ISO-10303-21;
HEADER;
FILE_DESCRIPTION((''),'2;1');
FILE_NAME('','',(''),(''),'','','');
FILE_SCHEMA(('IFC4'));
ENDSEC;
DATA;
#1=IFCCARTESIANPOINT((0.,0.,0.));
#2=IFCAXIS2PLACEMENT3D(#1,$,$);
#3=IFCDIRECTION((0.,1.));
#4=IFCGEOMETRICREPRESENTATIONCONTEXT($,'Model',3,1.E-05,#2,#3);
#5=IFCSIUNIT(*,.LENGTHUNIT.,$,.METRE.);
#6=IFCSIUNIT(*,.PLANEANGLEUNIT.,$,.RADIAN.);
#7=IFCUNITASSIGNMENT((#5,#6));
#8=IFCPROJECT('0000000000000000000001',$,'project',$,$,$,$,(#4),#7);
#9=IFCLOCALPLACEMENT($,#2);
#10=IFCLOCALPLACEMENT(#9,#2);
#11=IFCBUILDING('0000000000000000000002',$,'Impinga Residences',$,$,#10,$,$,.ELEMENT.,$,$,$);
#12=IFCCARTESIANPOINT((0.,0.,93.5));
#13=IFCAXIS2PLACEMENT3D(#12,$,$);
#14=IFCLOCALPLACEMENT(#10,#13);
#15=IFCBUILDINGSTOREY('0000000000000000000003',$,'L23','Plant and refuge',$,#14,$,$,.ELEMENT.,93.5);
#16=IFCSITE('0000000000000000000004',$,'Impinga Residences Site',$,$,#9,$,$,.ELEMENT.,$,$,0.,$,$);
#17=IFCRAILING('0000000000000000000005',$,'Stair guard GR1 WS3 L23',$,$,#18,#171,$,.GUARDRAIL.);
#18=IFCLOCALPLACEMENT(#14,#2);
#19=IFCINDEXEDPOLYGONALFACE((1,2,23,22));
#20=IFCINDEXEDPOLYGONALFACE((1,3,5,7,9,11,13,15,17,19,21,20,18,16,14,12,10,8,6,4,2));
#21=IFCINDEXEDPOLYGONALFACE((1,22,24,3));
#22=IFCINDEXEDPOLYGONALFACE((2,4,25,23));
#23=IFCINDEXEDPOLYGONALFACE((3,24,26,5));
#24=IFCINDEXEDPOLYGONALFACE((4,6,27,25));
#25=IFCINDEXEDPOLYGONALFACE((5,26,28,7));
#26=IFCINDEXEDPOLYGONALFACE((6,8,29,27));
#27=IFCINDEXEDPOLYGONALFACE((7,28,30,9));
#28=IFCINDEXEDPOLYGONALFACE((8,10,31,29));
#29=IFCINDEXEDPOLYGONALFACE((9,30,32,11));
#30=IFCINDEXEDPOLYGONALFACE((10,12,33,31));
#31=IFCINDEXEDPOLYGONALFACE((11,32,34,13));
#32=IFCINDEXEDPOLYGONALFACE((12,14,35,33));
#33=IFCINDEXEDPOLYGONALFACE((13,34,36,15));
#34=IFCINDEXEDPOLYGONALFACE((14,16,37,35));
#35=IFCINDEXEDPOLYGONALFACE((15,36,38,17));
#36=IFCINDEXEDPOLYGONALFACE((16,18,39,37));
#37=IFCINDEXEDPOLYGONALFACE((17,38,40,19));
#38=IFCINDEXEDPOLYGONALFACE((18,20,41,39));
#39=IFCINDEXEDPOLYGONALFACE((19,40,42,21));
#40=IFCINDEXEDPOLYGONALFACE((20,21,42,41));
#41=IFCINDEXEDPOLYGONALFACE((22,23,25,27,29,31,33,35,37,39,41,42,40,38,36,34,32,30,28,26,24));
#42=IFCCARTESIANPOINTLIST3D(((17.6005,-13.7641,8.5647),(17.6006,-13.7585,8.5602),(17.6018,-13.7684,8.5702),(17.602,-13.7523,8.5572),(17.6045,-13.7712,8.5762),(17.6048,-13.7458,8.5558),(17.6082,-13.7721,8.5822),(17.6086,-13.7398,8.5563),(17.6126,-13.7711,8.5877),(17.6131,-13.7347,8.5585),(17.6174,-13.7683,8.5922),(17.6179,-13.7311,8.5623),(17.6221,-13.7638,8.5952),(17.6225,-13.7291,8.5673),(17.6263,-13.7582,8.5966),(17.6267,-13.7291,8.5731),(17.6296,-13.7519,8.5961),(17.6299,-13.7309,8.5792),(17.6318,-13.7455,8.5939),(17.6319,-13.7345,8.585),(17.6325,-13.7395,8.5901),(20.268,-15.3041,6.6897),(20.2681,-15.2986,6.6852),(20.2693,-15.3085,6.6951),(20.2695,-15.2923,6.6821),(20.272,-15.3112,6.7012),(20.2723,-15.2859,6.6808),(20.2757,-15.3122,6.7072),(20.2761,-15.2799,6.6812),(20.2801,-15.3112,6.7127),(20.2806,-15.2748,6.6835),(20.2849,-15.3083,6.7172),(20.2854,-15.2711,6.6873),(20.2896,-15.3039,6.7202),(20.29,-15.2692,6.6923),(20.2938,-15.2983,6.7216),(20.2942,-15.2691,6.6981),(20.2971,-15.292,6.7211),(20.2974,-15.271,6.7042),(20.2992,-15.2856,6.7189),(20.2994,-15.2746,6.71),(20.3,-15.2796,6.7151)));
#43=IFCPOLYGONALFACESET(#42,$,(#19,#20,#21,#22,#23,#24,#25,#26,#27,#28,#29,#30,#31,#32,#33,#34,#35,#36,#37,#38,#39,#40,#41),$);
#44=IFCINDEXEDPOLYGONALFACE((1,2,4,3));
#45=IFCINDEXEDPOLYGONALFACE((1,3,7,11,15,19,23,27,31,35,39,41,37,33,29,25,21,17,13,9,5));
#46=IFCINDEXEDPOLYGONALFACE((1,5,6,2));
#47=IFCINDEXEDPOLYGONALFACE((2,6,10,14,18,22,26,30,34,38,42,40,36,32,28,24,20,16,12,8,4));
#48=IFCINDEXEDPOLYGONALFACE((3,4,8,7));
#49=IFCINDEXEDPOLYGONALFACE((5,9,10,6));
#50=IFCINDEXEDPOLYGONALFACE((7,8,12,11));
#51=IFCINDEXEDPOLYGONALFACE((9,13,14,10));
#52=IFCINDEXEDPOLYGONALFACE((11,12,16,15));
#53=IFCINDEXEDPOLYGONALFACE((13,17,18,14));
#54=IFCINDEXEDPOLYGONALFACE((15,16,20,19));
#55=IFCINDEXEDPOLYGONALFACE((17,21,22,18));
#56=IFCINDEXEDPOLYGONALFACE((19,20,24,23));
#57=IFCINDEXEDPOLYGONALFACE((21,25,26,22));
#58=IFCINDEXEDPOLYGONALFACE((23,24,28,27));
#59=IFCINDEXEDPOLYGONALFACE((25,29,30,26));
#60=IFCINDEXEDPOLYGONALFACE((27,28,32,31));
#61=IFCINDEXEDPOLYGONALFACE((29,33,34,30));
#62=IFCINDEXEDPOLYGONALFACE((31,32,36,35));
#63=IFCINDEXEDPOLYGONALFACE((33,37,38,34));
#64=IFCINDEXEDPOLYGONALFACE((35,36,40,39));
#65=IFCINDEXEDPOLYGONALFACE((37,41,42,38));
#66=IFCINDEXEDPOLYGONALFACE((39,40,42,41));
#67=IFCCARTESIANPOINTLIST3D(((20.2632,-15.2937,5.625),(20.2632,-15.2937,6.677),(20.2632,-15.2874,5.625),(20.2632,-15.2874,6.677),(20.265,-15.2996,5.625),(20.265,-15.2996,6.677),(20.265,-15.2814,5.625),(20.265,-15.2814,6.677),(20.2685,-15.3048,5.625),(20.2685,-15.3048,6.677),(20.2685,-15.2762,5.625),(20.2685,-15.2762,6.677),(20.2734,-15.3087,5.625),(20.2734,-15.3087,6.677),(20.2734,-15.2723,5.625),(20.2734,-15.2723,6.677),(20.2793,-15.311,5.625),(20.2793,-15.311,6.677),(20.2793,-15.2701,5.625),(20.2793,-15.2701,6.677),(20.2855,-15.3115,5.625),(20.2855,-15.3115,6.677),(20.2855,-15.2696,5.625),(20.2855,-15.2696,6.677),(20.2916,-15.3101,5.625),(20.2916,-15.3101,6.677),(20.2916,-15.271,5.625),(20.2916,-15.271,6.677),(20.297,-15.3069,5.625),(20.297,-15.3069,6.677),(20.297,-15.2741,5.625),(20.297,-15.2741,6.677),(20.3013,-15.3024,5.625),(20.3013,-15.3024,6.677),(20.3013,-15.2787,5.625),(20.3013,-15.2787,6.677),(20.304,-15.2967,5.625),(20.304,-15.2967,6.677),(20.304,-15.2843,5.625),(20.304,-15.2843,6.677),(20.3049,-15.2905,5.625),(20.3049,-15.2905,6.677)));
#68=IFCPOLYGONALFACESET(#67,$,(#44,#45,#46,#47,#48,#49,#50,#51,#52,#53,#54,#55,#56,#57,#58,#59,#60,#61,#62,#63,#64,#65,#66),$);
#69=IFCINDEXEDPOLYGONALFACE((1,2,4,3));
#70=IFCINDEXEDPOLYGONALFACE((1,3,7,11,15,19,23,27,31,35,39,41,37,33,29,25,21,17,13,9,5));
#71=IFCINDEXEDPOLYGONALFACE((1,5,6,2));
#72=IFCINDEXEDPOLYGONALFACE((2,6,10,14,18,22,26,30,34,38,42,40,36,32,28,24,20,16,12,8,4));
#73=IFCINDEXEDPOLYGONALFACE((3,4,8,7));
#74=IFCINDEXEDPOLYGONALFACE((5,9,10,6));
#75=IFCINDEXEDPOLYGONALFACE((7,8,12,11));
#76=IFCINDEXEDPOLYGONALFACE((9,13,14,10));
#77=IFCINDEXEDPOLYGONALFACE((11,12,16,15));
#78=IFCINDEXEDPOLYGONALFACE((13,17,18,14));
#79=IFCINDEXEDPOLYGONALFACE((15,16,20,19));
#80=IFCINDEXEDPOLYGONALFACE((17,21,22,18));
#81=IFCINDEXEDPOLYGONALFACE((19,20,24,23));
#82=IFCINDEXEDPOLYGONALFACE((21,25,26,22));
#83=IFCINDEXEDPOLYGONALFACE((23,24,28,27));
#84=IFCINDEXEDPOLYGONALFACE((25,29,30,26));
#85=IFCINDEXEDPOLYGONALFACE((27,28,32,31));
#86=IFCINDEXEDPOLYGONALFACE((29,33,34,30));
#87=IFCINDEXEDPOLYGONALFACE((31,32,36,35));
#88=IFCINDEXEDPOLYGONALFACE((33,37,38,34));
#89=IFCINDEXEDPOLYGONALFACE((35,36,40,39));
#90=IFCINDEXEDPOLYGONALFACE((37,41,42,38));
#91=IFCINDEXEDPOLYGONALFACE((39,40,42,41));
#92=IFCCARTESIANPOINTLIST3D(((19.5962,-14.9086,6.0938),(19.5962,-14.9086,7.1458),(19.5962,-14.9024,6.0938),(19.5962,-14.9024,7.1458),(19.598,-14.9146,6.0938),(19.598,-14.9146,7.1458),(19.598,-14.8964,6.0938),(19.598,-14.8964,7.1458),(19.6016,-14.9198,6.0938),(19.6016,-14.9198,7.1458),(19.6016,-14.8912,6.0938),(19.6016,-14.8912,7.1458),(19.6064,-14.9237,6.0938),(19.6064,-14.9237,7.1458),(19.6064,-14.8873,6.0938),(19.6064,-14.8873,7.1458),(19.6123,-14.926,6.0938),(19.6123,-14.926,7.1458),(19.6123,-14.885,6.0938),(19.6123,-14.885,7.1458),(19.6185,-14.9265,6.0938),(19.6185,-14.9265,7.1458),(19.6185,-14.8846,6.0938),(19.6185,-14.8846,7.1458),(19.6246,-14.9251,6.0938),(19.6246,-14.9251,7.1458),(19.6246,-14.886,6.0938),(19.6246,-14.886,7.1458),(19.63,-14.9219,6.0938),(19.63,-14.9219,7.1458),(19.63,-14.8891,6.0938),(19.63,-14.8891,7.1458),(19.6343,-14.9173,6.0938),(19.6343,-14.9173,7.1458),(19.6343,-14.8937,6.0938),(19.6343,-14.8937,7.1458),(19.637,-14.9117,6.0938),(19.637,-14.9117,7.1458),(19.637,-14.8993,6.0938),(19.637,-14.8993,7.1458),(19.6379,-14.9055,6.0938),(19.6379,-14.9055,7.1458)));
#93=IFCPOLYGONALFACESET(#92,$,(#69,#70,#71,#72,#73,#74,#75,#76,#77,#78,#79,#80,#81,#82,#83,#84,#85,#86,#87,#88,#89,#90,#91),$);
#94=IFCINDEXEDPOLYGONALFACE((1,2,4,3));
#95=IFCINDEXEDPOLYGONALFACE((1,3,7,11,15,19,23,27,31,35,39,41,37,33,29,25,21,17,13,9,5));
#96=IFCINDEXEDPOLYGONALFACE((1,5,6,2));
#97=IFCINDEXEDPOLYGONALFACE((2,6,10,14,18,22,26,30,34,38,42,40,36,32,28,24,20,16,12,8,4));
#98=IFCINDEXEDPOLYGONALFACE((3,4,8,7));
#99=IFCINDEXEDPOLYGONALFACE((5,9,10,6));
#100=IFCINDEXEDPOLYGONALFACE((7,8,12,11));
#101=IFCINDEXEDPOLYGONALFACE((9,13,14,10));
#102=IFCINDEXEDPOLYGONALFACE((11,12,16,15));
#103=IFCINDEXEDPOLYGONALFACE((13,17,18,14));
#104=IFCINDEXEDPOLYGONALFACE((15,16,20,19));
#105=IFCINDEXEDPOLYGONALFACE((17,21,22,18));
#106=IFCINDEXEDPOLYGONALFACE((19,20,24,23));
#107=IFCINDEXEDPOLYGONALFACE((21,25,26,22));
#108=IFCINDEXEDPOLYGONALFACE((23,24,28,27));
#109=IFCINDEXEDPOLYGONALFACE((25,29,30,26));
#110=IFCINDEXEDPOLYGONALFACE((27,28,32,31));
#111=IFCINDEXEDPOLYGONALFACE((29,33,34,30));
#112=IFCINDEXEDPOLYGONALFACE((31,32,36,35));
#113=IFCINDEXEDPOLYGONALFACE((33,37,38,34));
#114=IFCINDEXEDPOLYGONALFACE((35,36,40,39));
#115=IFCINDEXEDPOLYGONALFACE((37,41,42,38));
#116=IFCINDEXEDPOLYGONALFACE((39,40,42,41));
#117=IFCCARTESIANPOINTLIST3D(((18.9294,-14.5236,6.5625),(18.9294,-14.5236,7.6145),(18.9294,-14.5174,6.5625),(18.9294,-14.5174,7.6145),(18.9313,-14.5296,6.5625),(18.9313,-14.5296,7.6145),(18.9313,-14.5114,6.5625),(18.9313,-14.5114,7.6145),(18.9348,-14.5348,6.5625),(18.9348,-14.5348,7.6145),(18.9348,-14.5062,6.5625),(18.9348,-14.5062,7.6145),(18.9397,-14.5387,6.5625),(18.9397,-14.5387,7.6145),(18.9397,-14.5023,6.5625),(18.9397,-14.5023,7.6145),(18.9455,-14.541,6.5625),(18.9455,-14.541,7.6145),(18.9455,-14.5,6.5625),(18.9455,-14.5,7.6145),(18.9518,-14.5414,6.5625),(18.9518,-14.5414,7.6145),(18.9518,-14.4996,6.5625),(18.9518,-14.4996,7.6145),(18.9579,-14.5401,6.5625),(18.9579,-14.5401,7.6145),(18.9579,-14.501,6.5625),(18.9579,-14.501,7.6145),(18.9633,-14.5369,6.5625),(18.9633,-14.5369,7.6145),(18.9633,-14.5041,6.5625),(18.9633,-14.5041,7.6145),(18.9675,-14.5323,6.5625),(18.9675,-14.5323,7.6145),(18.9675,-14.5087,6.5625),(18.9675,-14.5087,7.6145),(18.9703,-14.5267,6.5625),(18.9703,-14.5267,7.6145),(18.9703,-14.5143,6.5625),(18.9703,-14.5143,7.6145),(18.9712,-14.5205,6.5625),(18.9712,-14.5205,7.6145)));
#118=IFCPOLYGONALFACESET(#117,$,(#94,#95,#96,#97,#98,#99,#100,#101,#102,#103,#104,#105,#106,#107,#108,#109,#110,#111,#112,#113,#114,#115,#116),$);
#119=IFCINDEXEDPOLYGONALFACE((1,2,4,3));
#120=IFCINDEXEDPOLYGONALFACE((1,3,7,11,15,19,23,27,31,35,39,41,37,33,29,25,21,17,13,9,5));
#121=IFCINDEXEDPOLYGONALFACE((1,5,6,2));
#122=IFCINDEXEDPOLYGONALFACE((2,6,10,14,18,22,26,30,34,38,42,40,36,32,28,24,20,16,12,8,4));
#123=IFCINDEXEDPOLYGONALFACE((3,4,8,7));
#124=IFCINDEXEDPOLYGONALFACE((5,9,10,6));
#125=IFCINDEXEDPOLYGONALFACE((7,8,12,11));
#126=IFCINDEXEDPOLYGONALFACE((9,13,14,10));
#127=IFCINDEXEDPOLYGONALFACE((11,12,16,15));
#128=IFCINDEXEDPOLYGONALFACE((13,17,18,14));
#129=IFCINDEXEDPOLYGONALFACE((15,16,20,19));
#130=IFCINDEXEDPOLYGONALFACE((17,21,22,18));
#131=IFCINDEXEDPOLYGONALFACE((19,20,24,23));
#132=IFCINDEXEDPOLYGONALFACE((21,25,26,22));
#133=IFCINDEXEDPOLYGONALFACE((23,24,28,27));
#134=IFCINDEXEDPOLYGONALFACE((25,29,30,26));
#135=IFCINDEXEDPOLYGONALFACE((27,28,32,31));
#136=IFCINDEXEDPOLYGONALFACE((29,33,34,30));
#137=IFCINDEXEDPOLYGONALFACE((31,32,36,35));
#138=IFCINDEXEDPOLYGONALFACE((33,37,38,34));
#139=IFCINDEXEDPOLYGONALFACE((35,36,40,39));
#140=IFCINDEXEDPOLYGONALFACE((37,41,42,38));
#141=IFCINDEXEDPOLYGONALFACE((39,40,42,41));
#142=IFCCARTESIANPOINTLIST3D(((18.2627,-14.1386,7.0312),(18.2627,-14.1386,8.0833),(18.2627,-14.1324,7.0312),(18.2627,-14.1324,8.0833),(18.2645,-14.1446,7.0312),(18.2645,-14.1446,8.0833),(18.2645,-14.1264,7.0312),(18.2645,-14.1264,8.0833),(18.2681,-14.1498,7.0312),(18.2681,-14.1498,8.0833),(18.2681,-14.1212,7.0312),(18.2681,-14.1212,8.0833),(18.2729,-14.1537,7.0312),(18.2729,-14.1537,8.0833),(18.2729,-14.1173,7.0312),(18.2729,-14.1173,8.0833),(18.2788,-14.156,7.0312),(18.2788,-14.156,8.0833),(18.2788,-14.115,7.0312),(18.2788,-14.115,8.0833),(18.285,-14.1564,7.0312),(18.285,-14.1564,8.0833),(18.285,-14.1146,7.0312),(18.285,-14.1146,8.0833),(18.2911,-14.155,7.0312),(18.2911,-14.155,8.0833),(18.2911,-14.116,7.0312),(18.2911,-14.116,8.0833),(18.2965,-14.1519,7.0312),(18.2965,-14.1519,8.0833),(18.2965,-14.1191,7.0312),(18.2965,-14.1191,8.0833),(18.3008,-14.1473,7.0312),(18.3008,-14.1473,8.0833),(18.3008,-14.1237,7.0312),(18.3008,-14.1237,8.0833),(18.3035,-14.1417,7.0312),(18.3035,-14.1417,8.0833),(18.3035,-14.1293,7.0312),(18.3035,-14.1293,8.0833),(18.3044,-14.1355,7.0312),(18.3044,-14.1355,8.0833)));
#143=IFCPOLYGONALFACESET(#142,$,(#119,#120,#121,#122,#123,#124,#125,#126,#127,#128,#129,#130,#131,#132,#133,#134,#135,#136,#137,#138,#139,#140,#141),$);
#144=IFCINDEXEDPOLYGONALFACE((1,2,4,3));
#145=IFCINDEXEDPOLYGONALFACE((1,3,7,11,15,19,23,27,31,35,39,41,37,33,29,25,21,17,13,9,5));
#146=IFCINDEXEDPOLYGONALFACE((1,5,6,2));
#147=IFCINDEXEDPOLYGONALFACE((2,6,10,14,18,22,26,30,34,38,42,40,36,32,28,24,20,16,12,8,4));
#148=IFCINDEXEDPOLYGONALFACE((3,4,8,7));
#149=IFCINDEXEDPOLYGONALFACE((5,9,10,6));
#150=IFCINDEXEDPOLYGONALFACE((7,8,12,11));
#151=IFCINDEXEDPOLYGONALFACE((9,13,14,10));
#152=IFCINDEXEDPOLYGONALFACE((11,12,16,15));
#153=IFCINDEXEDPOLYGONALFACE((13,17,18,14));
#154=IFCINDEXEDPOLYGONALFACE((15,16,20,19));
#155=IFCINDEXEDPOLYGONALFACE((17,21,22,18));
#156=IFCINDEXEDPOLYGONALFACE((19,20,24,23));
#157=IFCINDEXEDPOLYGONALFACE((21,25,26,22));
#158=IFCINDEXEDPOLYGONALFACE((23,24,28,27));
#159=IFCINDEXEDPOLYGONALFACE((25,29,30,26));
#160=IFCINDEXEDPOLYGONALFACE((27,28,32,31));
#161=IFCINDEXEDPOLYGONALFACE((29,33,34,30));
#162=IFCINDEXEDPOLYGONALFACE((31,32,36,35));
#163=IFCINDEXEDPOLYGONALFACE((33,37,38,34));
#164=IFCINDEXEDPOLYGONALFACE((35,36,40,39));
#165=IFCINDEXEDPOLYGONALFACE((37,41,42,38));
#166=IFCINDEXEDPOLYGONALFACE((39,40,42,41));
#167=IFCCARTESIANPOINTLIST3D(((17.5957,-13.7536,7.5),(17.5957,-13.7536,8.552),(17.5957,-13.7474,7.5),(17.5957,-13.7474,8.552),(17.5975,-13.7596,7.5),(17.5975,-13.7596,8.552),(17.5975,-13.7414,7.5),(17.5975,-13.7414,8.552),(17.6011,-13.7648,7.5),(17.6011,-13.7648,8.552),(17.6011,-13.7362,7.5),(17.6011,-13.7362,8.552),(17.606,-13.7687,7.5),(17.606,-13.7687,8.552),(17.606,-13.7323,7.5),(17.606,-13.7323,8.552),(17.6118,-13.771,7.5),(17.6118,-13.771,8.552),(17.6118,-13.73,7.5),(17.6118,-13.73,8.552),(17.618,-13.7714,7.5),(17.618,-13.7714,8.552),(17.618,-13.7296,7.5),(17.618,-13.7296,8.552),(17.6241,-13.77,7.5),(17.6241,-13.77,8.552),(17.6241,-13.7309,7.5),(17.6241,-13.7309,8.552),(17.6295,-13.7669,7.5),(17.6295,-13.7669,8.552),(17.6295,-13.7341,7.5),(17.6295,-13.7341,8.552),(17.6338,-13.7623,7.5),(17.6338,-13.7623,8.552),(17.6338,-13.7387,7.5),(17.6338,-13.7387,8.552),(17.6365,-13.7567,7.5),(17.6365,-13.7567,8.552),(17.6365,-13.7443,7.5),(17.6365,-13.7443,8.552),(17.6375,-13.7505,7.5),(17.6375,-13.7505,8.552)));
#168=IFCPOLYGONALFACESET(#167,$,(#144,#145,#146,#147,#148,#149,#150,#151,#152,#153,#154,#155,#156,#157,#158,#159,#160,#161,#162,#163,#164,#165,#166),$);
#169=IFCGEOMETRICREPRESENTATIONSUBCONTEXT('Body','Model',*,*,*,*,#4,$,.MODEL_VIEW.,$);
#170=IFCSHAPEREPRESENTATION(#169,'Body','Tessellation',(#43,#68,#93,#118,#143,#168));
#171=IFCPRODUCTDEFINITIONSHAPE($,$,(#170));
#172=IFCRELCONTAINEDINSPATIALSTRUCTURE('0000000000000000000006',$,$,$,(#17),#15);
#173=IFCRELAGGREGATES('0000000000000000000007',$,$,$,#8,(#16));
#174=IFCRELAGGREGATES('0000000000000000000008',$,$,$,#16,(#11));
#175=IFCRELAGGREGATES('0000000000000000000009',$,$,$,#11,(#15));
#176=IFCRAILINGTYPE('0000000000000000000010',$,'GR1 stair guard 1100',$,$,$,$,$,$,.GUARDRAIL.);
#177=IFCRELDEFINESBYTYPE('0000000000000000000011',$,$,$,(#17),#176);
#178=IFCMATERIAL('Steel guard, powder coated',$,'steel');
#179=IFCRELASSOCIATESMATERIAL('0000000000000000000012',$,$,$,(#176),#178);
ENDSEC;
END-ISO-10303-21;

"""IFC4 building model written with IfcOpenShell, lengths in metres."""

from ifc_helpers import new_model, si_unit, direction, frame, origin, origin_2d, place, context, subcontext, project, spatial, circle, extrude, material, type_object, element, save


model = new_model("IFC4")

# Units and contexts
model_context = context("Model", 3, precision=1e-05, world=origin(), true_north=direction((0.0, 1.0)))
body_context = subcontext(model_context, "Body", "Model", "MODEL_VIEW")
ifc_project = project(units=[si_unit("LENGTHUNIT", "METRE"), si_unit("PLANEANGLEUNIT", "RADIAN")], contexts=[model_context])

# Site, building, storey
site_placement = place(None, origin())
site = spatial("IfcSite", under=ifc_project, at=site_placement, Name="Impinga Residences Site", CompositionType="ELEMENT", RefElevation=0.0)
building_placement = place(site_placement, origin())
building = spatial("IfcBuilding", under=site, at=building_placement, Name="Impinga Residences", CompositionType="ELEMENT")
storey_placement = place(building_placement, frame((0.0, 0.0, 93.5)))
storey = spatial("IfcBuildingStorey", under=building, at=storey_placement, Name="L23", Description="Plant and refuge", CompositionType="ELEMENT", Elevation=93.5)

# Railing
ifc_material_1 = material(Name="Steel guard, powder coated", Category="steel")
railing_type_1 = type_object("IfcRailingType", Name="GR1 stair guard 1100", PredefinedType="GUARDRAIL", material=ifc_material_1)
for number, where, name in (
    (1, (20.2839, -15.2905, 5.625), "Stair guard GR1 WS3 L23"),
):
    element("IfcRailing", number, at=place(storey_placement, frame(where)), inside=storey, type_object=railing_type_1, Name=name, PredefinedType="GUARDRAIL", context=body_context, shape_type="SweptSolid", body=[
        extrude(circle(Radius=0.0239, at=origin_2d()), frame((0.0, 0.0, 1.0762), z_axis=(-0.739746, 0.427084, 0.519975), x_axis=(-0.499992, -0.86603, 0.0)), (0.0, 0.0, 1.0), 3.606),
        extrude(circle(Radius=0.021, at=origin_2d()), origin(), (0.0, 0.0, 1.0), 1.052),
        extrude(circle(Radius=0.021, at=origin_2d()), frame((-0.667, 0.385, 0.4688)), (0.0, 0.0, 1.0), 1.052),
        extrude(circle(Radius=0.021, at=origin_2d()), frame((-1.3337, 0.77, 0.9375)), (0.0, 0.0, 1.0), 1.052),
        extrude(circle(Radius=0.021, at=origin_2d()), frame((-2.0005, 1.155, 1.4062)), (0.0, 0.0, 1.0), 1.052),
        extrude(circle(Radius=0.021, at=origin_2d()), frame((-2.6675, 1.54, 1.875)), (0.0, 0.0, 1.0), 1.052),
    ])

save(model, "model.ifc")
